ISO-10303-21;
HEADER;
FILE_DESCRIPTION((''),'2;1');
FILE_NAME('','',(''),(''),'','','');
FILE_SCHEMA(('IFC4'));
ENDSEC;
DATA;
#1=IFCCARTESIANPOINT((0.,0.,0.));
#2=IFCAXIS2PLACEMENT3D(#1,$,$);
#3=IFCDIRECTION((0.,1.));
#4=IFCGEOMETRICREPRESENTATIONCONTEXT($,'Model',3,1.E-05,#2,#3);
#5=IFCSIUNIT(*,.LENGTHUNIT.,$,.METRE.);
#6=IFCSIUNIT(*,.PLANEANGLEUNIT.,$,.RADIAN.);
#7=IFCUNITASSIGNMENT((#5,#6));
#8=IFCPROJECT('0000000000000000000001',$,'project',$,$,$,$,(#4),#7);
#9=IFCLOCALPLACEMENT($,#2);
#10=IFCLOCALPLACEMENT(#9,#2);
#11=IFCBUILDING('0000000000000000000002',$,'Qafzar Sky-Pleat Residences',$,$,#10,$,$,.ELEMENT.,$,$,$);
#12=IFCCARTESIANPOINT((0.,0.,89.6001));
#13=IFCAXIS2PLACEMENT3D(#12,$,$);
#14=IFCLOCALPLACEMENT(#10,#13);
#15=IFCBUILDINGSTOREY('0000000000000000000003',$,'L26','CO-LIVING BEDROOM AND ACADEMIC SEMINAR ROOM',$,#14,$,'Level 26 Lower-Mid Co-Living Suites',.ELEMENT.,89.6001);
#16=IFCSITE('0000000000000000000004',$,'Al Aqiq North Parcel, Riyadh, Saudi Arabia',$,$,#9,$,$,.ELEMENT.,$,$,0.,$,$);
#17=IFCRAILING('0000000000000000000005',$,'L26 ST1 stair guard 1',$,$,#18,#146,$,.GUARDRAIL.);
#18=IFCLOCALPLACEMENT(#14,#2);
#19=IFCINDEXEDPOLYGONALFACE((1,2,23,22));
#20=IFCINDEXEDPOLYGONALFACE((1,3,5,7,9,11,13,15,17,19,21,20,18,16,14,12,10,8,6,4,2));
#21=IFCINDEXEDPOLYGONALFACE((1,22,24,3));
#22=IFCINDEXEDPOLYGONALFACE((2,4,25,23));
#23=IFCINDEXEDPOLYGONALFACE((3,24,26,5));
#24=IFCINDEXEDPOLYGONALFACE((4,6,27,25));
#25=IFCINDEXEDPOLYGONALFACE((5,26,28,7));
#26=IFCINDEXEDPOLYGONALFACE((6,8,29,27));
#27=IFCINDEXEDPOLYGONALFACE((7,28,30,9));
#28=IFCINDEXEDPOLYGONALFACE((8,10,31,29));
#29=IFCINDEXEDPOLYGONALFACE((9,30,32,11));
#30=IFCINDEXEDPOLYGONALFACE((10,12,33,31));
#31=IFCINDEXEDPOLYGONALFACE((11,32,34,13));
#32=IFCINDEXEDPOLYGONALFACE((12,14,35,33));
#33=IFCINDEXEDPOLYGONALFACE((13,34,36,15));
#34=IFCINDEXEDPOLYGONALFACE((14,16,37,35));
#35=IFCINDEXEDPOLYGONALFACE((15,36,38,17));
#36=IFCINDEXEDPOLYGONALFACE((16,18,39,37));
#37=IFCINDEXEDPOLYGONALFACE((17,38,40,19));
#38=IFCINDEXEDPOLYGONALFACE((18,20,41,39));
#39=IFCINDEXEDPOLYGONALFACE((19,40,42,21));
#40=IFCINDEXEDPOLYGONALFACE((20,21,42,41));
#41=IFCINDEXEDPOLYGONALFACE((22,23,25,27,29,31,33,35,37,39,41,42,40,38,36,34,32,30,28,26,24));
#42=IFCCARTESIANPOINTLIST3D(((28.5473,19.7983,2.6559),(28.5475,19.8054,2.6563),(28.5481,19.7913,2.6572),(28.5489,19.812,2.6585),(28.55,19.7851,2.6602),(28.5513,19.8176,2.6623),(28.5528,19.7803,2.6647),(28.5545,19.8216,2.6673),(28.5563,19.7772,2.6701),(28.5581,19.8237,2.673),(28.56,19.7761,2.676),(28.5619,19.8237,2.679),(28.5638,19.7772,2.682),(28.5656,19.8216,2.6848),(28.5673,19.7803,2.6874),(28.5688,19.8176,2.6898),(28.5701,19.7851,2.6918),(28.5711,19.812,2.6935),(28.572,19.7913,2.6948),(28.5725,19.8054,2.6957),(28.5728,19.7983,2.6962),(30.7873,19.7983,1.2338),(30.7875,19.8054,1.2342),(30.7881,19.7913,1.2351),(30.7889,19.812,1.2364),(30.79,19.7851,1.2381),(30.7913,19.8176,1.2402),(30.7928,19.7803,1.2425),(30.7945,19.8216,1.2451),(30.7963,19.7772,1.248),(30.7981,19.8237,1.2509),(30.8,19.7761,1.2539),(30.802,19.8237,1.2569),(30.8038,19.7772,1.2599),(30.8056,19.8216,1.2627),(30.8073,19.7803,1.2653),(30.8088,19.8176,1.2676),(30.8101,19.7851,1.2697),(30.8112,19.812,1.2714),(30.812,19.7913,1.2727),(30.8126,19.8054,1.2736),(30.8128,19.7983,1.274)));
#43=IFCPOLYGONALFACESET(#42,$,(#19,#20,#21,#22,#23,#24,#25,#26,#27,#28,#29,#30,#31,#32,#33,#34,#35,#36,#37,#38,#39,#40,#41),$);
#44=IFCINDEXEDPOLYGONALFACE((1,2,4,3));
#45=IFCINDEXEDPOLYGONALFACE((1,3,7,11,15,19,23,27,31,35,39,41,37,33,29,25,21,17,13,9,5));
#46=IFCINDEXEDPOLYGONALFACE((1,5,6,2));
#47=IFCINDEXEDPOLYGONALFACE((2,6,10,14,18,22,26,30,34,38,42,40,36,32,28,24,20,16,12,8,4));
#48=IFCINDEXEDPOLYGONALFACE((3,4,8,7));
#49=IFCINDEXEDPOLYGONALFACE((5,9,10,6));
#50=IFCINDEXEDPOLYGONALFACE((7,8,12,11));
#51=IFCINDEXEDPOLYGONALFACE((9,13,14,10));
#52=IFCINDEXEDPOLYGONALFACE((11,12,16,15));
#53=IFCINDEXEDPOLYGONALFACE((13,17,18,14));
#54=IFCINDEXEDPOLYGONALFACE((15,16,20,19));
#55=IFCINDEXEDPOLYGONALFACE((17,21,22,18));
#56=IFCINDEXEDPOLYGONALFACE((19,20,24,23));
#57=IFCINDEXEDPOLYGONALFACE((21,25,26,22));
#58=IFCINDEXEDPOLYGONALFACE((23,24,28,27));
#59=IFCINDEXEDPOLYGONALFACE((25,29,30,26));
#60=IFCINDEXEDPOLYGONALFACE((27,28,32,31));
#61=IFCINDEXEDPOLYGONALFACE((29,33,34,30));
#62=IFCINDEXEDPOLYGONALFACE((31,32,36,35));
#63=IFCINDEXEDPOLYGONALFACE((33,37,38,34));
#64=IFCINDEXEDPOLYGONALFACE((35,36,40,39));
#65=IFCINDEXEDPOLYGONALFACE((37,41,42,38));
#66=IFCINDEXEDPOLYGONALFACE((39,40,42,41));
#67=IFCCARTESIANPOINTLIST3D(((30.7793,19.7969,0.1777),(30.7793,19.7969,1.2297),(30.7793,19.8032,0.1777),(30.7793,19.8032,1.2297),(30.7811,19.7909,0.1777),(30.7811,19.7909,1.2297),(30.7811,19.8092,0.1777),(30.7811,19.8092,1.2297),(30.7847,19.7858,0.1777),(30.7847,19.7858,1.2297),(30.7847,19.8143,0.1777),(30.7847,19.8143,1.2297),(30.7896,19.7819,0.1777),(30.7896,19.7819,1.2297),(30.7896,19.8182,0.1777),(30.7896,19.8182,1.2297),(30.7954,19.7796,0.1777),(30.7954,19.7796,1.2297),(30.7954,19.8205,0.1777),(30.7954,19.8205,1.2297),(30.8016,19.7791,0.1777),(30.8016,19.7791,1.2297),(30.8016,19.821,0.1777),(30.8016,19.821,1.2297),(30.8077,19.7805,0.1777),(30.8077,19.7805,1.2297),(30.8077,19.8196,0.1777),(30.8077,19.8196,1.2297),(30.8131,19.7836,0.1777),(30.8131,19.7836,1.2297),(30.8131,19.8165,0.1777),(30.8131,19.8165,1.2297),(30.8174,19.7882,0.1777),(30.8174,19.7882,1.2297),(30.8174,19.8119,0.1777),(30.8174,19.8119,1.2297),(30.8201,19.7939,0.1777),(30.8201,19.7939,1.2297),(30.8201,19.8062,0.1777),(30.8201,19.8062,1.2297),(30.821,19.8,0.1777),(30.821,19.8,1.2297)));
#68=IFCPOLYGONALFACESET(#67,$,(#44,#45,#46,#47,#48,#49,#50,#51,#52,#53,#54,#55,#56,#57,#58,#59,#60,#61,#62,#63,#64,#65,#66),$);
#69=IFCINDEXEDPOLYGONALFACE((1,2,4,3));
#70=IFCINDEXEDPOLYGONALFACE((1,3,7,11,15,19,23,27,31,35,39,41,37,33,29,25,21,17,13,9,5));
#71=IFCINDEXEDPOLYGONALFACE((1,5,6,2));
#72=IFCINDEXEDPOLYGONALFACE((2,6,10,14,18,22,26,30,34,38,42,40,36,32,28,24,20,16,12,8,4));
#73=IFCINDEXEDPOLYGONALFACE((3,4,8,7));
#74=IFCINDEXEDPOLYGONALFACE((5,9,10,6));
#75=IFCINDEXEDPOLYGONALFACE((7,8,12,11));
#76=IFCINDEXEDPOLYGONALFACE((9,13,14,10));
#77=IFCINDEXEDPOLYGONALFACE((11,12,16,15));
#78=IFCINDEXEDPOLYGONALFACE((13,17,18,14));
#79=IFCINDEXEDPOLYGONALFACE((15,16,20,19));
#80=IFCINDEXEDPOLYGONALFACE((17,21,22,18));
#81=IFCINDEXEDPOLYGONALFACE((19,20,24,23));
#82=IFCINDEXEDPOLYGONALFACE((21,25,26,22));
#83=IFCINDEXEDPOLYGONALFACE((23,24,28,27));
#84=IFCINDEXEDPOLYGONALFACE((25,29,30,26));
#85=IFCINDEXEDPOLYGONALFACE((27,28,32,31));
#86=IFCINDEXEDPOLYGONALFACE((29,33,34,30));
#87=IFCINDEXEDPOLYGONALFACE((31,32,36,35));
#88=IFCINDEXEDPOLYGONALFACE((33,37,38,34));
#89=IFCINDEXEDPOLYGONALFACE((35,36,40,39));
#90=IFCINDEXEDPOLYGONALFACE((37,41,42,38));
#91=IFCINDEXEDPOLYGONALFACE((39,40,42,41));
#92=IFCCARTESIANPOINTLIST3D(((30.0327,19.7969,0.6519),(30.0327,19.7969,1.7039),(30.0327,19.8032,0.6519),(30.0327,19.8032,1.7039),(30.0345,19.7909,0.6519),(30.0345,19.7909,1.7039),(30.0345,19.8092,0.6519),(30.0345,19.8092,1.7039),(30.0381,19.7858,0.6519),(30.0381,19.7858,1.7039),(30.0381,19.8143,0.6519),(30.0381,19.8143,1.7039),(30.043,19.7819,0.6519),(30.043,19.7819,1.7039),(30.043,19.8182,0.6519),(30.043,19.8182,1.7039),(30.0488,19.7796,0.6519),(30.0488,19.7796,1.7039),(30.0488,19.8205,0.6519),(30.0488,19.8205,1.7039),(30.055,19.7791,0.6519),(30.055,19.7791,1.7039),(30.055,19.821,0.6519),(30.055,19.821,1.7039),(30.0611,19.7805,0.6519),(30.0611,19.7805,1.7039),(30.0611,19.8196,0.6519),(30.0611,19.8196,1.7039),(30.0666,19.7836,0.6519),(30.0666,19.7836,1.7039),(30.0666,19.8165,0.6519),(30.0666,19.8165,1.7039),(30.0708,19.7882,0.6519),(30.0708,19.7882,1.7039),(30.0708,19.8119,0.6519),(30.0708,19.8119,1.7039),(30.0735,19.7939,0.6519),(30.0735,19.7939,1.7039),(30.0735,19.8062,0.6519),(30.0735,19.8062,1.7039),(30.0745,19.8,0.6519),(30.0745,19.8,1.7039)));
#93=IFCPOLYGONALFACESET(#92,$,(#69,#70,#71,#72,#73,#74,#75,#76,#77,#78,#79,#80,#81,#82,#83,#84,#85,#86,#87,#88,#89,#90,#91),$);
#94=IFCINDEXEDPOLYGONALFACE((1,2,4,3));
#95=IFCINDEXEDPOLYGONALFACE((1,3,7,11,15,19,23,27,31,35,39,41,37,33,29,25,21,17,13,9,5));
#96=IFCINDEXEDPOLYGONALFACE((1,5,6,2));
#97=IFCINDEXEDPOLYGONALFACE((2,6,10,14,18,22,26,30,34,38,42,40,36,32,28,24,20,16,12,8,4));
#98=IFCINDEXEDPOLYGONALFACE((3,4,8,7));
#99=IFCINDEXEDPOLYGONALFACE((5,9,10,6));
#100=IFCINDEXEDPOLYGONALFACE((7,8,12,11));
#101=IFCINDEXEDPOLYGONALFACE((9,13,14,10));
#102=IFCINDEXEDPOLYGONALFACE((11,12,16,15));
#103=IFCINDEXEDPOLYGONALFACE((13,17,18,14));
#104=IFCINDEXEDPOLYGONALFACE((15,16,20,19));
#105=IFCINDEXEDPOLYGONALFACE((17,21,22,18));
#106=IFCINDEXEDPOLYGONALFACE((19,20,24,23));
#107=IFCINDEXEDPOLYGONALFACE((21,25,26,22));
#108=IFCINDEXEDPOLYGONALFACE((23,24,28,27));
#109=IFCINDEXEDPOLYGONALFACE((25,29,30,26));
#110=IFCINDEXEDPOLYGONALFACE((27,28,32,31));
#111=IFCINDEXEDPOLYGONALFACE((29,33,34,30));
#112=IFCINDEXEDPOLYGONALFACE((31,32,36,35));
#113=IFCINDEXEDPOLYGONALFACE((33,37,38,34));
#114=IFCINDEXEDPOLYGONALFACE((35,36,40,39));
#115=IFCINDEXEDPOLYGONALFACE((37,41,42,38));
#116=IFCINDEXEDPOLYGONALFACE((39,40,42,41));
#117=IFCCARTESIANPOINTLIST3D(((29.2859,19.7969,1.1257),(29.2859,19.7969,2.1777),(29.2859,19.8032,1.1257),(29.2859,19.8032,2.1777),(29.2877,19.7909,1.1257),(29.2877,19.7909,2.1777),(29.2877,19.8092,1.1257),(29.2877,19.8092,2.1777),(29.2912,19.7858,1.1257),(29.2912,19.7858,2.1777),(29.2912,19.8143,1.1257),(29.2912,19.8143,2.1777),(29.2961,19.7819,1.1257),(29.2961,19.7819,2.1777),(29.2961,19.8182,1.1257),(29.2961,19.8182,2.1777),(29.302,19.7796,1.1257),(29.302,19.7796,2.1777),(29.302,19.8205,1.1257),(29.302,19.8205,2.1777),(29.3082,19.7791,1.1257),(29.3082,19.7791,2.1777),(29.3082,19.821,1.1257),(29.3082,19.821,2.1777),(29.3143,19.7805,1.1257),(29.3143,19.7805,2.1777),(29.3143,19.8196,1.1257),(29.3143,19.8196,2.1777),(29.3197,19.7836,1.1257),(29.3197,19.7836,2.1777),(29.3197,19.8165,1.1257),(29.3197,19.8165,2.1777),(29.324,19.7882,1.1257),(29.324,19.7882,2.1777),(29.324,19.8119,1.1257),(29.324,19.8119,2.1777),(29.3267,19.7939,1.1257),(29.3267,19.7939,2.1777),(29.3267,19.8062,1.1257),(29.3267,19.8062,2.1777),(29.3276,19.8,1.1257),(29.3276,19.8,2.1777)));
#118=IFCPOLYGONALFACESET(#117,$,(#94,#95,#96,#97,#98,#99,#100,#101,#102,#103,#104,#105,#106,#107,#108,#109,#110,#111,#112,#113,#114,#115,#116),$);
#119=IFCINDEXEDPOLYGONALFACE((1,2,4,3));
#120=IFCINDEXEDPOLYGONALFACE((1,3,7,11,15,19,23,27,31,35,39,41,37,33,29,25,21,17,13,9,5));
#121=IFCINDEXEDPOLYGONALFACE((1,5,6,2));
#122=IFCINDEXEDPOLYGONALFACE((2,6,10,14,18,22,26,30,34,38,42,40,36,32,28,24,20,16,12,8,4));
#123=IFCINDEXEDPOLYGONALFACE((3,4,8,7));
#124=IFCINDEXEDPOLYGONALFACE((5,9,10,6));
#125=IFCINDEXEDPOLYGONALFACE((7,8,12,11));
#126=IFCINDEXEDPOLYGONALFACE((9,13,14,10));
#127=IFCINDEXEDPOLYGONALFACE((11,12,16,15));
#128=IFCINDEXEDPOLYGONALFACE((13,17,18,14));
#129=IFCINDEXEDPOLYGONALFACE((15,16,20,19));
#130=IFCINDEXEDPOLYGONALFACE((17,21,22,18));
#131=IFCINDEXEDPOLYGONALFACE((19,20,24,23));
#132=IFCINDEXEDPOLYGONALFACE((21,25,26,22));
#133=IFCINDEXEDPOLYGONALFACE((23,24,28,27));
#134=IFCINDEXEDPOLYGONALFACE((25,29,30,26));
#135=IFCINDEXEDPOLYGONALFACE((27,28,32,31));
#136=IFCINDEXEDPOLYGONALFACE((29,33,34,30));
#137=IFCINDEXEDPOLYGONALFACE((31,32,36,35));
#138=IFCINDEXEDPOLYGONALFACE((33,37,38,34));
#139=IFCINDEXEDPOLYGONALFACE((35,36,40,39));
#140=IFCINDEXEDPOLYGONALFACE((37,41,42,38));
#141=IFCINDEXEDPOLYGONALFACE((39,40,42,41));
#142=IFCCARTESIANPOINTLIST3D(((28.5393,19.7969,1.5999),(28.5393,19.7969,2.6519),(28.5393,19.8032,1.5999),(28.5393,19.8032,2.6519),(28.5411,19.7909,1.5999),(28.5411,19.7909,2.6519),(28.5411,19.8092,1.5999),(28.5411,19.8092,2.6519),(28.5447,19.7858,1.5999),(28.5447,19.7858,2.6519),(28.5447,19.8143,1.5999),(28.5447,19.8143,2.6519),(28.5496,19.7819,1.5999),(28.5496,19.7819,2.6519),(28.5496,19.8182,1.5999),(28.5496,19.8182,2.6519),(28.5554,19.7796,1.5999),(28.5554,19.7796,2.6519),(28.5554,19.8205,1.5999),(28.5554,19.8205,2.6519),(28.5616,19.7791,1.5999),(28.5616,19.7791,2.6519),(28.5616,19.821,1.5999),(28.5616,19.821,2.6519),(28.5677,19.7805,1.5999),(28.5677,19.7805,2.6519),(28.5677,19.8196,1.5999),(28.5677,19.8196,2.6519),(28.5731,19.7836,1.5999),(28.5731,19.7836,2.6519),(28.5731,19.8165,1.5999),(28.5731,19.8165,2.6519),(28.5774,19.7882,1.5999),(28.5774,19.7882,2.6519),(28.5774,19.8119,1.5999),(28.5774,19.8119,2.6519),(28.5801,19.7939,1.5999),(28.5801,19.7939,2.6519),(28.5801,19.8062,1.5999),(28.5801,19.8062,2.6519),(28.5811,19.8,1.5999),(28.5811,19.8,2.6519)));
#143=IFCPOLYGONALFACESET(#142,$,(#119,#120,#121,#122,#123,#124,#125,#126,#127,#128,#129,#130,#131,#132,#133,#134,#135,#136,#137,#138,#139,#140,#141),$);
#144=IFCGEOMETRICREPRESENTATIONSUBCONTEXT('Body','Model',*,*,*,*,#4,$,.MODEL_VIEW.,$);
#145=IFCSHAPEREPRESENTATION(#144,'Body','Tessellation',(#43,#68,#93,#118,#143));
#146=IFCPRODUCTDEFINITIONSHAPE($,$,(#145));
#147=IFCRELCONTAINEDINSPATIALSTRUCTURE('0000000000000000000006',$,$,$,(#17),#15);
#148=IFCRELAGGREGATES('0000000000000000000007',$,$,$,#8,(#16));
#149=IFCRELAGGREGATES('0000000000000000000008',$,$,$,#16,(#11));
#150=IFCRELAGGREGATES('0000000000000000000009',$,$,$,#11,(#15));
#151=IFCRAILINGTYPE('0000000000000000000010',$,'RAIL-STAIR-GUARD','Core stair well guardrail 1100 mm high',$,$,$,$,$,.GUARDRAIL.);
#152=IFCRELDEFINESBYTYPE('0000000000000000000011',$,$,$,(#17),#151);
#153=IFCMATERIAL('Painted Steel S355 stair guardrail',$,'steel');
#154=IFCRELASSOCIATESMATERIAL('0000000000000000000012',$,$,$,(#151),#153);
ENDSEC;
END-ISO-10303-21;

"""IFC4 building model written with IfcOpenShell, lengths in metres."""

from ifc_helpers import new_model, si_unit, direction, frame, origin, origin_2d, place, context, subcontext, project, spatial, circle, extrude, source, transform, mapped, material, type_object, element, save


model = new_model("IFC4")

# Units and contexts
model_context = context("Model", 3, precision=1e-05, world=origin(), true_north=direction((0.0, 1.0)))
body_context = subcontext(model_context, "Body", "Model", "MODEL_VIEW")
ifc_project = project(units=[si_unit("LENGTHUNIT", "METRE"), si_unit("PLANEANGLEUNIT", "RADIAN")], contexts=[model_context])

# Site, building, storey
site_placement = place(None, origin())
site = spatial("IfcSite", under=ifc_project, at=site_placement, Name="Al Aqiq North Parcel, Riyadh, Saudi Arabia", CompositionType="ELEMENT", RefElevation=0.0)
building_placement = place(site_placement, origin())
building = spatial("IfcBuilding", under=site, at=building_placement, Name="Qafzar Sky-Pleat Residences", CompositionType="ELEMENT")
storey_placement = place(building_placement, frame((0.0, 0.0, 89.6001)))
storey = spatial("IfcBuildingStorey", under=building, at=storey_placement, Name="L26", Description="CO-LIVING BEDROOM AND ACADEMIC SEMINAR ROOM", LongName="Level 26 Lower-Mid Co-Living Suites", CompositionType="ELEMENT", Elevation=89.6001)

# Railing
ifc_material_1 = material(Name="Painted Steel S355 stair guardrail", Category="steel")
railing_type_1 = type_object("IfcRailingType", Name="RAIL-STAIR-GUARD", Description="Core stair well guardrail 1100 mm high", PredefinedType="GUARDRAIL", material=ifc_material_1)
shared_shape_1 = source(origin(), body_context, "Body", "SweptSolid", [
    extrude(circle(Radius=0.0239, at=origin_2d()), frame((0.0, 0.0, 1.0762), z_axis=(-0.844229, 0.0, 0.535982), x_axis=(0.0, -1.0, 0.0)), (0.0, 0.0, 1.0), 2.6533),
    extrude(circle(Radius=0.021, at=origin_2d()), origin(), (0.0, 0.0, 1.0), 1.052),
    extrude(circle(Radius=0.021, at=origin_2d()), frame((-0.7466, 0.0, 0.4741)), (0.0, 0.0, 1.0), 1.052),
    extrude(circle(Radius=0.021, at=origin_2d()), frame((-1.4934, 0.0, 0.948)), (0.0, 0.0, 1.0), 1.052),
    extrude(circle(Radius=0.021, at=origin_2d()), frame((-2.24, 0.0, 1.4221)), (0.0, 0.0, 1.0), 1.052),
])
railing_1_placement = place(storey_placement, frame((30.8, 19.8, 0.1777)))
element("IfcRailing", 1, at=railing_1_placement, inside=storey, type_object=railing_type_1, Name="L26 ST1 stair guard 1", PredefinedType="GUARDRAIL", context=body_context, shape_type="MappedRepresentation", body=[
    mapped(shared_shape_1, transform((0.0, 0.0, 0.0), x_axis=(1.0, 0.0, 0.0), y_axis=(0.0, 1.0, 0.0), z_axis=(0.0, 0.0, 1.0), scale=1.0)),
])

save(model, "model.ifc")
